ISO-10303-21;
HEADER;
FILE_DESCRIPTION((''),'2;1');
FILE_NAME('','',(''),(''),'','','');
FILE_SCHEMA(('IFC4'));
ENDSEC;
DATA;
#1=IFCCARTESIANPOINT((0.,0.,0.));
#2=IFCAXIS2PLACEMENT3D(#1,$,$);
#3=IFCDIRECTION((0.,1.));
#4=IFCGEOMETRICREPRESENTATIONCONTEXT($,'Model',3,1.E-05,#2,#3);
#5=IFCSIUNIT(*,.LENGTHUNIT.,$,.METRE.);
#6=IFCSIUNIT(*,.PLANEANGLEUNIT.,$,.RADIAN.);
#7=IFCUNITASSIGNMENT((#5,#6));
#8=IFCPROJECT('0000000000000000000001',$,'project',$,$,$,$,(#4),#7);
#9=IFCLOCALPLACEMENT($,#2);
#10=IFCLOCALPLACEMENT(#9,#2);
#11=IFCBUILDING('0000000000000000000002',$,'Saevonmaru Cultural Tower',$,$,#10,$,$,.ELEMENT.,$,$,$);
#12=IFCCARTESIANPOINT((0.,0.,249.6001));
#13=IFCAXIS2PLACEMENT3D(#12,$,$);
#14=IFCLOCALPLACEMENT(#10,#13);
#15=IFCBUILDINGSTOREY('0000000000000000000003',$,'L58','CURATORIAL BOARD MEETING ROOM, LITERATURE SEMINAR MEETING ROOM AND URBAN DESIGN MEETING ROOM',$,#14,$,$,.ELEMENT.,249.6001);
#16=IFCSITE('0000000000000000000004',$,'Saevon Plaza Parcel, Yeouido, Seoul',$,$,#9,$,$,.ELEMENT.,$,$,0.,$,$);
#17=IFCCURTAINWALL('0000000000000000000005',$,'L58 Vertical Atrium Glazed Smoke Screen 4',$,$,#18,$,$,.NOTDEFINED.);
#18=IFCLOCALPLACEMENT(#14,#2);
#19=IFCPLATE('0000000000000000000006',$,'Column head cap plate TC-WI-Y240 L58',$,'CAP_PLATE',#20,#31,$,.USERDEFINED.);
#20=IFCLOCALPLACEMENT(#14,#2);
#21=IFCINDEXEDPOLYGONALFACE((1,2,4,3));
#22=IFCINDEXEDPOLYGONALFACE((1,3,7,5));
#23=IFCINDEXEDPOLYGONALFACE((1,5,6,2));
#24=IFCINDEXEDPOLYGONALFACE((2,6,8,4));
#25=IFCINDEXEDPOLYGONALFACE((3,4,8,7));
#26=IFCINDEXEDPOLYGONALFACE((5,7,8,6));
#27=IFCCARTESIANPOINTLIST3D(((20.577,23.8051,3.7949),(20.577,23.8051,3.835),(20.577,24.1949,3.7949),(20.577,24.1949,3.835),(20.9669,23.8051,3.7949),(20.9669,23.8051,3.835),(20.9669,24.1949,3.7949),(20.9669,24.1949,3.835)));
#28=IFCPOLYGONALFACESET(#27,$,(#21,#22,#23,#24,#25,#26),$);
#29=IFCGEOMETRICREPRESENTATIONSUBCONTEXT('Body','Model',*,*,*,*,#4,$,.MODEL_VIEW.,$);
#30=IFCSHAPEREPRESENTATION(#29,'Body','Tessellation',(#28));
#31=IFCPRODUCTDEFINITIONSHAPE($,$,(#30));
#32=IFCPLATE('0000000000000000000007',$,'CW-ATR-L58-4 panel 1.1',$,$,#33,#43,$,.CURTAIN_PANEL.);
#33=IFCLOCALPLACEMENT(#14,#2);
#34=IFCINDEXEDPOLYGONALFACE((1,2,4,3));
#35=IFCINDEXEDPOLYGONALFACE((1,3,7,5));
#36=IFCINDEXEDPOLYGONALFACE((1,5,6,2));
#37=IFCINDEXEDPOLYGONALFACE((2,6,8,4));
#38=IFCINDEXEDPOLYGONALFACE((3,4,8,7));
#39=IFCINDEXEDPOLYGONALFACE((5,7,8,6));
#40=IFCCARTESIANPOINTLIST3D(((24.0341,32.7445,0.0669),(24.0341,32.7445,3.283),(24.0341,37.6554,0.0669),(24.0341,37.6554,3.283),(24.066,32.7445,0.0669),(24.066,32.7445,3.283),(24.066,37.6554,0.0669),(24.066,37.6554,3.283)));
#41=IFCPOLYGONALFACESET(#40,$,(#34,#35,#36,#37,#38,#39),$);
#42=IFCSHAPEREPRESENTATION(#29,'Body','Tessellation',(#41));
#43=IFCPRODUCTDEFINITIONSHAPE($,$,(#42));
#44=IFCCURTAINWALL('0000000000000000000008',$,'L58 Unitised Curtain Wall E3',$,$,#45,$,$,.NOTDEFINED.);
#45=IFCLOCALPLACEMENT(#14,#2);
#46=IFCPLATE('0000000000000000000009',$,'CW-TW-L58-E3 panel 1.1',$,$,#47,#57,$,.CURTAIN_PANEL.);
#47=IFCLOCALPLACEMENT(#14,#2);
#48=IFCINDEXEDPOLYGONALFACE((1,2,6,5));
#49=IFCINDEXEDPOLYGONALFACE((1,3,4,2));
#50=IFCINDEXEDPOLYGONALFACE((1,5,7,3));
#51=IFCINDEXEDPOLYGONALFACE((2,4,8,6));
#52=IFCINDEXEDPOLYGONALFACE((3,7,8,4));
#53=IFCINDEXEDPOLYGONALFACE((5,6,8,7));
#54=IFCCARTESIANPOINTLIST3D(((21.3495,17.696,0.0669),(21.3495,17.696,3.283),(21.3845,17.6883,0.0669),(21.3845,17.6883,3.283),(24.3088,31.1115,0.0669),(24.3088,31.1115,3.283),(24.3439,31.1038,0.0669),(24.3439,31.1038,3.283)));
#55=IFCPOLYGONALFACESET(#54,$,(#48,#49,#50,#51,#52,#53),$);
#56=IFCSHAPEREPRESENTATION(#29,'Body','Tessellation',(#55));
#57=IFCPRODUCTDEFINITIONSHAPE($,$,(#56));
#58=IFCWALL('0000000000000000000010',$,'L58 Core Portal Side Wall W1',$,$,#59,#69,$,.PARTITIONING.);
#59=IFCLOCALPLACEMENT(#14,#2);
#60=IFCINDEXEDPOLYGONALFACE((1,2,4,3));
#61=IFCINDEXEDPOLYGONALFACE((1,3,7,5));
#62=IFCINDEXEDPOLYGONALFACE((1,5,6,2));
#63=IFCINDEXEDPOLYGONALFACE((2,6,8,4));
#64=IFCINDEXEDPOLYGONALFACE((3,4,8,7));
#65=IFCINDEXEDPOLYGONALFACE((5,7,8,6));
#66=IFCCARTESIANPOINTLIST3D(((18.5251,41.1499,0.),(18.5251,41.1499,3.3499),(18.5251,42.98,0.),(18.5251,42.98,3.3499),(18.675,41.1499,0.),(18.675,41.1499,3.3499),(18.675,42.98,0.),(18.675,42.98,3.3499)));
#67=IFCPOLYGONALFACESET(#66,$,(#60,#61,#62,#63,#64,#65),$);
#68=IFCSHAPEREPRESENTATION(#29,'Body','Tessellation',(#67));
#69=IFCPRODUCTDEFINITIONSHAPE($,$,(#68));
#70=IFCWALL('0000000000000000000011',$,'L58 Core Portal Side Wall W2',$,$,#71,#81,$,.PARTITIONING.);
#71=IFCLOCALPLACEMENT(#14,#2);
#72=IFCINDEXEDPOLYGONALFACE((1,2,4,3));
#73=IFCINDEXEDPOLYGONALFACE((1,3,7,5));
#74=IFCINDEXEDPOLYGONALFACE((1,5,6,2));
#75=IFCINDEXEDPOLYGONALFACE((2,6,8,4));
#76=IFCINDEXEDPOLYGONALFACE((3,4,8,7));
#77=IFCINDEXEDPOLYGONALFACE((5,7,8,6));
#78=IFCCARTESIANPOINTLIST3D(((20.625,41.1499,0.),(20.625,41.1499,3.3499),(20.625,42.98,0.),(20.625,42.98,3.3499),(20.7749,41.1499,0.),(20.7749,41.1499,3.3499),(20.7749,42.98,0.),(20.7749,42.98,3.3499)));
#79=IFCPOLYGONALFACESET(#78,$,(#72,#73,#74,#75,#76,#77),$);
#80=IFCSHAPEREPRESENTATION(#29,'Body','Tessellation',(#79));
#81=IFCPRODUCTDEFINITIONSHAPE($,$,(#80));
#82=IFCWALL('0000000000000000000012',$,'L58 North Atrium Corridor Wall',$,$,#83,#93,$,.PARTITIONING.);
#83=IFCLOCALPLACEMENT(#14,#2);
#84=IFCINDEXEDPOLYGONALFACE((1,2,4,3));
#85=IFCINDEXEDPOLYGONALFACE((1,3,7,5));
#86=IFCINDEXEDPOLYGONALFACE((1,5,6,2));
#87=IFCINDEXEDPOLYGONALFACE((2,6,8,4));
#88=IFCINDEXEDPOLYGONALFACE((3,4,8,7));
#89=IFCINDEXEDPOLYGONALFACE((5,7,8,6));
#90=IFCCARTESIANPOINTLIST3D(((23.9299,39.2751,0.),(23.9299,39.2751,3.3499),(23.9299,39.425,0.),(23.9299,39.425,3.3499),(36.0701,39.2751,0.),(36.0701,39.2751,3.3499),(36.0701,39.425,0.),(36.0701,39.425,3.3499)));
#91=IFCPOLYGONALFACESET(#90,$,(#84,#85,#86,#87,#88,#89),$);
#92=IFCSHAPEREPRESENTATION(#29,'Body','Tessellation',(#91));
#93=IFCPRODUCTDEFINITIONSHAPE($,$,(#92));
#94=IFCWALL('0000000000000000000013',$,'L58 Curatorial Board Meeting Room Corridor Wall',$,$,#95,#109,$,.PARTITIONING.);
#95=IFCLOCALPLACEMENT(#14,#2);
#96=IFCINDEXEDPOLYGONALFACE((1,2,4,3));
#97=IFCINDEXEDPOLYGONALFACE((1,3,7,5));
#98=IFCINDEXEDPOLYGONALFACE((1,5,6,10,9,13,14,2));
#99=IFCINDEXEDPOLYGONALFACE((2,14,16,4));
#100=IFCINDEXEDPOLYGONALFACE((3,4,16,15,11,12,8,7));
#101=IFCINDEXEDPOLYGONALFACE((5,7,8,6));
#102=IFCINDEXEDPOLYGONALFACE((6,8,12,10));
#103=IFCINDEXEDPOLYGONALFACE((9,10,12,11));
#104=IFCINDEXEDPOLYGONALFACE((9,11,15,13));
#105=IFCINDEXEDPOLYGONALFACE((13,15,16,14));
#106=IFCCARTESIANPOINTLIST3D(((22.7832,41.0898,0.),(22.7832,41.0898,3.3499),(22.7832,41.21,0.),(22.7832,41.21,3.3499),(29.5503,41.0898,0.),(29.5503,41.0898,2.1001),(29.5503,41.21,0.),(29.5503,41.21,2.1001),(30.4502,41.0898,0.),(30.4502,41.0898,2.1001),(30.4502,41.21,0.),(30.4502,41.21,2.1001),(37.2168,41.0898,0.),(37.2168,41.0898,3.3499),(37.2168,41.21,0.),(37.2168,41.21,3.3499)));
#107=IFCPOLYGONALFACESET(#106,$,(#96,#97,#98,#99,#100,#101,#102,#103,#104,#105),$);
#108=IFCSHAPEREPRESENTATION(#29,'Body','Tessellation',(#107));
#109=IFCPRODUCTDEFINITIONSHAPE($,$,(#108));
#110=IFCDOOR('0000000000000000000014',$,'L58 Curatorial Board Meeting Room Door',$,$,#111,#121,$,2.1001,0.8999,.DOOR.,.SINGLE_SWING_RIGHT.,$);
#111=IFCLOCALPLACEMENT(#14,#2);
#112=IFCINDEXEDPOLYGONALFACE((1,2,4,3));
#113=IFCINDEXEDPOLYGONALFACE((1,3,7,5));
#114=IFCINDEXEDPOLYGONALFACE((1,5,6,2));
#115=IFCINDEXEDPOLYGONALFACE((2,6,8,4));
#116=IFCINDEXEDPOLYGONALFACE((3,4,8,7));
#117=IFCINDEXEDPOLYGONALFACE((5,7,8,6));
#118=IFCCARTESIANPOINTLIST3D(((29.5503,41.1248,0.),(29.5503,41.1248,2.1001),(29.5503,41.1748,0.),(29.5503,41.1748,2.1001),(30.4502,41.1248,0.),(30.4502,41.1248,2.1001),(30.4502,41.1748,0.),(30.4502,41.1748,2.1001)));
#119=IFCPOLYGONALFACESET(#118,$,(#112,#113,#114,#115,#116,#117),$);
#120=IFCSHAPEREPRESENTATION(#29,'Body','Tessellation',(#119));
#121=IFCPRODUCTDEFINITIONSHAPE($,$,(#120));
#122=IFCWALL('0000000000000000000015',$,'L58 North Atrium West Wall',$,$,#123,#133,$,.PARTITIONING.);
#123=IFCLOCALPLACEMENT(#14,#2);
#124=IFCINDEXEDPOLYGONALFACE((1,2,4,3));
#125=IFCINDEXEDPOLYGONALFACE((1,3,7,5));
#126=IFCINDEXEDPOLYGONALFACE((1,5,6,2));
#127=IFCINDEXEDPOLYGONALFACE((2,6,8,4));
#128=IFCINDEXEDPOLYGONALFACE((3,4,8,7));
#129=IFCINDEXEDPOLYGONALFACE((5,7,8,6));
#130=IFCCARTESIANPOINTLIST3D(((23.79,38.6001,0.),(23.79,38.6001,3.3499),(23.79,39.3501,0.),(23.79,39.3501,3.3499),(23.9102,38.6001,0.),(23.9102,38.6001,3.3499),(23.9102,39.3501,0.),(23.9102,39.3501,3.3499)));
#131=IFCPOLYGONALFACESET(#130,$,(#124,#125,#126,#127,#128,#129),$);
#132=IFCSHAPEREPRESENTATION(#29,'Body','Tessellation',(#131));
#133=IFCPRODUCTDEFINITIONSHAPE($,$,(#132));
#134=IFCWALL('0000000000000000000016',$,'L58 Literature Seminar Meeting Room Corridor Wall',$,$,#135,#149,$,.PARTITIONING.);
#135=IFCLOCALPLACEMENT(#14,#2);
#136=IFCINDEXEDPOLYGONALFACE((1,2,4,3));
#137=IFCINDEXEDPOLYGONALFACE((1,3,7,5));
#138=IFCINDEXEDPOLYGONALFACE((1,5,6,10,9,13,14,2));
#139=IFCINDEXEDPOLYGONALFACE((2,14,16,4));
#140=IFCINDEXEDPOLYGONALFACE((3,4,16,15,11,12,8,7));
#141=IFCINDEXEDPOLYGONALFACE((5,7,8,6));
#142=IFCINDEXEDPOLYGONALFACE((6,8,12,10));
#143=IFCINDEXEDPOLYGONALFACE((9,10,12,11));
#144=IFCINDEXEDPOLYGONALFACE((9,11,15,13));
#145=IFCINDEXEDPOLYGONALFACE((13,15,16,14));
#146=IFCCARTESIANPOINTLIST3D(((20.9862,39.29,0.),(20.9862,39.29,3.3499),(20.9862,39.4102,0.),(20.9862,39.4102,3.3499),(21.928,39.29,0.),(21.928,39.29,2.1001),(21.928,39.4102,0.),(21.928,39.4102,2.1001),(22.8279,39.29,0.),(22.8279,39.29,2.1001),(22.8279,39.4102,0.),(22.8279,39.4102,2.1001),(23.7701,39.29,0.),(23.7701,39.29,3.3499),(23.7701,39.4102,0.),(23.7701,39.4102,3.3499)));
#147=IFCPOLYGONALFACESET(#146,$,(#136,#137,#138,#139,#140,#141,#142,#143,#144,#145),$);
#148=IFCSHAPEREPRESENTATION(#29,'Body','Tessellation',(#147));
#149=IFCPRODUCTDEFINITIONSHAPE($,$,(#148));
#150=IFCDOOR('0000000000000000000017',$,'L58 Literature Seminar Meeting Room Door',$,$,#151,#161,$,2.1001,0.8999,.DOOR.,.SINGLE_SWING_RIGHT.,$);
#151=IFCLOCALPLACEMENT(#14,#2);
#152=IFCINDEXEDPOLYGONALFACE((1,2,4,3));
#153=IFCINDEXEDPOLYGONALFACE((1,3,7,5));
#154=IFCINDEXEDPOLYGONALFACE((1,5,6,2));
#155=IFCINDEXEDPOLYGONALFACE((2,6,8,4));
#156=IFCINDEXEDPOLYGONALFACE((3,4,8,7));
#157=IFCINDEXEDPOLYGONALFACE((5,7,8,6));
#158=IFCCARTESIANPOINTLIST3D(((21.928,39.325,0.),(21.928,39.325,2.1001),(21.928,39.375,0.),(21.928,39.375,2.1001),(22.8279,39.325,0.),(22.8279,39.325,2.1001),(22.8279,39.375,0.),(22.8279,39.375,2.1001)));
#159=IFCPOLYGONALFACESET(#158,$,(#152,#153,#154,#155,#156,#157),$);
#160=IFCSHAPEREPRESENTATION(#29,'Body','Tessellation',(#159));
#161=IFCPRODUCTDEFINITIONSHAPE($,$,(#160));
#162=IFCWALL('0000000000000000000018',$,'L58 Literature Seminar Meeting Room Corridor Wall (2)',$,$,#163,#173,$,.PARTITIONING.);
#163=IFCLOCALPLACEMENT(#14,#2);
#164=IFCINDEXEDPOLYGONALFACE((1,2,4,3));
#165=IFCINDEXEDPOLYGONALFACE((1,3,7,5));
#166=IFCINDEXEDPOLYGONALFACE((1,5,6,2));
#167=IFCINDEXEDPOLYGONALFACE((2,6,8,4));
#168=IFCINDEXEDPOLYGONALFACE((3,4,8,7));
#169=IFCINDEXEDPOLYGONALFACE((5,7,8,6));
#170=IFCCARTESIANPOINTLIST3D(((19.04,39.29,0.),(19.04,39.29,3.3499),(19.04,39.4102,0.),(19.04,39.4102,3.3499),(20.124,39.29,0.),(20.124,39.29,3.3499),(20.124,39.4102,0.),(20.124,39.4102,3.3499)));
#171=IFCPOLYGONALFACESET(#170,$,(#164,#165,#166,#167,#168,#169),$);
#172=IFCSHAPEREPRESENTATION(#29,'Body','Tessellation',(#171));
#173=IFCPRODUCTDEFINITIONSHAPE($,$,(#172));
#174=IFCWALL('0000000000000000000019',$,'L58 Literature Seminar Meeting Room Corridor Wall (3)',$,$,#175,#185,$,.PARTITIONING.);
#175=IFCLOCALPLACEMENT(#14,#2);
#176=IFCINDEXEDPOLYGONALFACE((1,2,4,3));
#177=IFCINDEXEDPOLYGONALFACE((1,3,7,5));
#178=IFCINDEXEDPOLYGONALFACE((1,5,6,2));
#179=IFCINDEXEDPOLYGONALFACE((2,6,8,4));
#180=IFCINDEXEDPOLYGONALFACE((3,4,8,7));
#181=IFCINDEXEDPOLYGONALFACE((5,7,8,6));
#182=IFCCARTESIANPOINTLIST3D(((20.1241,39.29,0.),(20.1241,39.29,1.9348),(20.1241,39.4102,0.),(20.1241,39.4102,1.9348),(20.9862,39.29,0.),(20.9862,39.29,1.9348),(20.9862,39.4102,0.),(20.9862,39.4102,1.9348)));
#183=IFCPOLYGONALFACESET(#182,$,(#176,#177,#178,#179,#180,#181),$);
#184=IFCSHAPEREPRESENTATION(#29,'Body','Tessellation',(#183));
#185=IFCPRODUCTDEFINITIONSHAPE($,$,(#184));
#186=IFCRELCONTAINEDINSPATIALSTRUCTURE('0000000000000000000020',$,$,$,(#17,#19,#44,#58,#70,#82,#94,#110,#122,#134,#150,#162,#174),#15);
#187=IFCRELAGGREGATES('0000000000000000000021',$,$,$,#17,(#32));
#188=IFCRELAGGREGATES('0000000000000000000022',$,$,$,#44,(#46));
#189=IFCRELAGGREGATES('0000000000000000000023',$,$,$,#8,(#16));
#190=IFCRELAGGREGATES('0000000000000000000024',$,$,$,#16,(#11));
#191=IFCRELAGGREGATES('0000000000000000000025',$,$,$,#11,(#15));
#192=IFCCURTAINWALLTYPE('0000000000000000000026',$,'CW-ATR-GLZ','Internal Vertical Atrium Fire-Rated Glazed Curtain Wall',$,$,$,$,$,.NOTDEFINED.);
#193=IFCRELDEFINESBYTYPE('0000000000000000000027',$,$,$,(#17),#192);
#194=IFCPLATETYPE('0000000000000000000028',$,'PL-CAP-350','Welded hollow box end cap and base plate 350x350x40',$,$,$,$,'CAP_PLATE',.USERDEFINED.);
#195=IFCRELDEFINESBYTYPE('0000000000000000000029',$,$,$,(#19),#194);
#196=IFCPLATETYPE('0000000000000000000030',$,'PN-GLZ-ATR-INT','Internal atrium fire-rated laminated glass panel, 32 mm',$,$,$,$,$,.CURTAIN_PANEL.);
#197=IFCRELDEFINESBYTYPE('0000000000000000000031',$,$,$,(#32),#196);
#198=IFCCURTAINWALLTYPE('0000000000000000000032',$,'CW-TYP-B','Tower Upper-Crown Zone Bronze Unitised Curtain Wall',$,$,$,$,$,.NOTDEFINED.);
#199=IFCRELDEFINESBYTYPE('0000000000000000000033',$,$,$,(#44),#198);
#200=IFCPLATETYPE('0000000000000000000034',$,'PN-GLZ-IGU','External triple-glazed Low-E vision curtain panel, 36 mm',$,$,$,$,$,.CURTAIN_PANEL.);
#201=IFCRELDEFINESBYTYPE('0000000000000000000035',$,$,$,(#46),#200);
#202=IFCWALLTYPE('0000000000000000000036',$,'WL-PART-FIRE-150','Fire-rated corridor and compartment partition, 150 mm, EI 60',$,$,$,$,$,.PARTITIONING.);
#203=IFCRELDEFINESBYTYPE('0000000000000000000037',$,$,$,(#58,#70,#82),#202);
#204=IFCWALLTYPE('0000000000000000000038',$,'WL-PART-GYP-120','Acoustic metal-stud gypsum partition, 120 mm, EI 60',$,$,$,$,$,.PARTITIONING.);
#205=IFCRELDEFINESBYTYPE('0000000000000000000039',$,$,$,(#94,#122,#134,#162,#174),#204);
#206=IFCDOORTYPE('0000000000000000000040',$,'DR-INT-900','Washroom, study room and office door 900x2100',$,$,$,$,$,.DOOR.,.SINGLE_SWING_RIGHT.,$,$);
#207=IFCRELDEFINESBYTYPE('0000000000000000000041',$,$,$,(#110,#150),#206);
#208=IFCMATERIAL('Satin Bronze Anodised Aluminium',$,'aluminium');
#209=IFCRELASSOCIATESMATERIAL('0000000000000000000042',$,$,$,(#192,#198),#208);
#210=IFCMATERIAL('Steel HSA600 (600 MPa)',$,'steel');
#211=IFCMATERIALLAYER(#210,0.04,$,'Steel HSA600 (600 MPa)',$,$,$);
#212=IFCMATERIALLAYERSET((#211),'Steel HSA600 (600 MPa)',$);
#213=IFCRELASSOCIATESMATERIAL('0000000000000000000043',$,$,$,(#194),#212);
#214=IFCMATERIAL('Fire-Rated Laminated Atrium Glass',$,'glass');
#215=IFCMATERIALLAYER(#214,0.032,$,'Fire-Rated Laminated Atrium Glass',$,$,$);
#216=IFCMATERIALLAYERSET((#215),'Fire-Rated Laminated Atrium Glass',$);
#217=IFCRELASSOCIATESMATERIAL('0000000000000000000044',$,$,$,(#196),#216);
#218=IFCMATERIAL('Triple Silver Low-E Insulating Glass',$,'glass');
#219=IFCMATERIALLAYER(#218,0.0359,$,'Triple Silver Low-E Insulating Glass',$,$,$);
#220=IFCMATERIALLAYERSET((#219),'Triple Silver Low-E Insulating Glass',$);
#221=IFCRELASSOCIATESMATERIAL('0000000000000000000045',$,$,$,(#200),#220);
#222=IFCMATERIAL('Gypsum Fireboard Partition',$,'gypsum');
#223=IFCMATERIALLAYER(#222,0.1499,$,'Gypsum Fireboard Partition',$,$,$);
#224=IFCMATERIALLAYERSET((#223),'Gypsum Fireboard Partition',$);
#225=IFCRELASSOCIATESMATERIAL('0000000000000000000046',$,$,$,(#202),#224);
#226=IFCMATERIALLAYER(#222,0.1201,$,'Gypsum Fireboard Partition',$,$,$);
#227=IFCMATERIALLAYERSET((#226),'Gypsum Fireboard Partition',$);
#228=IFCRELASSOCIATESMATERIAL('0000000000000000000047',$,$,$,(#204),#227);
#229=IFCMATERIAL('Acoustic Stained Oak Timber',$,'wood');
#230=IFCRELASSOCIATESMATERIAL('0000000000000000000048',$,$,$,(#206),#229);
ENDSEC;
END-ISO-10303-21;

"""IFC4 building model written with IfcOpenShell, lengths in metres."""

from ifc_helpers import new_model, si_unit, direction, frame, frame_2d, origin, origin_2d, place, context, subcontext, project, spatial, rectangle, extrude, material, layer, layer_set, type_object, element, fill, aggregate, save


model = new_model("IFC4")

# Units and contexts
model_context = context("Model", 3, precision=1e-05, world=origin(), true_north=direction((0.0, 1.0)))
body_context = subcontext(model_context, "Body", "Model", "MODEL_VIEW")
ifc_project = project(units=[si_unit("LENGTHUNIT", "METRE"), si_unit("PLANEANGLEUNIT", "RADIAN")], contexts=[model_context])

# Site, building, storey
site_placement = place(None, origin())
site = spatial("IfcSite", under=ifc_project, at=site_placement, Name="Saevon Plaza Parcel, Yeouido, Seoul", CompositionType="ELEMENT", RefElevation=0.0)
building_placement = place(site_placement, origin())
building = spatial("IfcBuilding", under=site, at=building_placement, Name="Saevonmaru Cultural Tower", CompositionType="ELEMENT")
storey_placement = place(building_placement, frame((0.0, 0.0, 249.6001)))
storey = spatial("IfcBuildingStorey", under=building, at=storey_placement, Name="L58", Description="CURATORIAL BOARD MEETING ROOM, LITERATURE SEMINAR MEETING ROOM AND URBAN DESIGN MEETING ROOM", CompositionType="ELEMENT", Elevation=249.6001)

# Shared definitions
ifc_material_1 = material(Name="Steel HSA600 (600 MPa)", Category="steel")

# Curtain wall
ifc_material_2 = material(Name="Satin Bronze Anodised Aluminium", Category="aluminium")
curtain_wall_type_1 = type_object("IfcCurtainWallType", Name="CW-ATR-GLZ", Description="Internal Vertical Atrium Fire-Rated Glazed Curtain Wall", PredefinedType="NOTDEFINED", material=ifc_material_2)
curtain_wall_1_placement = place(storey_placement, origin())
curtain_wall_1 = element("IfcCurtainWall", 1, at=curtain_wall_1_placement, inside=storey, type_object=curtain_wall_type_1, Name="L58 Vertical Atrium Glazed Smoke Screen 4", PredefinedType="NOTDEFINED")

# Plates
ifc_layer_1 = layer(ifc_material_1, 0.04, Name="Steel HSA600 (600 MPa)")
ifc_layer_set_1 = layer_set([ifc_layer_1], Name="Steel HSA600 (600 MPa)")
plate_type_1 = type_object("IfcPlateType", Name="PL-CAP-350", Description="Welded hollow box end cap and base plate 350x350x40", ElementType="CAP_PLATE", PredefinedType="USERDEFINED", material=ifc_layer_set_1)
plate_1_placement = place(storey_placement, frame((20.772, 24.0, 3.7949), z_axis=(0.0, 0.0, 1.0), x_axis=(1.0, 0.0, 0.0)))
element("IfcPlate", 2, at=plate_1_placement, inside=storey, type_object=plate_type_1, Name="Column head cap plate TC-WI-Y240 L58", ObjectType="CAP_PLATE", PredefinedType="USERDEFINED", context=body_context, shape_type="SweptSolid", body=[
    extrude(rectangle(XDim=0.3899, YDim=0.3899, at=origin_2d()), origin(), (0.0, 0.0, 1.0), 0.04),
])
ifc_material_3 = material(Name="Fire-Rated Laminated Atrium Glass", Category="glass")
ifc_layer_2 = layer(ifc_material_3, 0.032, Name="Fire-Rated Laminated Atrium Glass")
ifc_layer_set_2 = layer_set([ifc_layer_2], Name="Fire-Rated Laminated Atrium Glass")
plate_type_2 = type_object("IfcPlateType", Name="PN-GLZ-ATR-INT", Description="Internal atrium fire-rated laminated glass panel, 32 mm", PredefinedType="CURTAIN_PANEL", material=ifc_layer_set_2)
plate_2_placement = place(storey_placement, frame((24.05, 35.2, 0.0669), z_axis=(0.0, 0.0, 1.0), x_axis=(0.0, -1.0, 0.0)))
plate_2 = element("IfcPlate", 3, at=plate_2_placement, type_object=plate_type_2, Name="CW-ATR-L58-4 panel 1.1", PredefinedType="CURTAIN_PANEL", context=body_context, shape_type="SweptSolid", body=[
    extrude(rectangle(XDim=4.9109, YDim=0.032, at=origin_2d()), origin(), (0.0, 0.0, 1.0), 3.2161),
])
aggregate(curtain_wall_1, [plate_2])

# Curtain wall, plate
curtain_wall_type_2 = type_object("IfcCurtainWallType", Name="CW-TYP-B", Description="Tower Upper-Crown Zone Bronze Unitised Curtain Wall", PredefinedType="NOTDEFINED", material=ifc_material_2)
curtain_wall_2_placement = place(storey_placement, origin())
curtain_wall_2 = element("IfcCurtainWall", 4, at=curtain_wall_2_placement, inside=storey, type_object=curtain_wall_type_2, Name="L58 Unitised Curtain Wall E3", PredefinedType="NOTDEFINED")
ifc_material_4 = material(Name="Triple Silver Low-E Insulating Glass", Category="glass")
ifc_layer_3 = layer(ifc_material_4, 0.0359, Name="Triple Silver Low-E Insulating Glass")
ifc_layer_set_3 = layer_set([ifc_layer_3], Name="Triple Silver Low-E Insulating Glass")
plate_type_3 = type_object("IfcPlateType", Name="PN-GLZ-IGU", Description="External triple-glazed Low-E vision curtain panel, 36 mm", PredefinedType="CURTAIN_PANEL", material=ifc_layer_set_3)
plate_3_placement = place(storey_placement, frame((22.8467, 24.3999, 0.0669), z_axis=(0.0, 0.0, 1.0), x_axis=(0.215413, 0.976523, 0.0)))
plate_3 = element("IfcPlate", 5, at=plate_3_placement, type_object=plate_type_3, Name="CW-TW-L58-E3 panel 1.1", PredefinedType="CURTAIN_PANEL", context=body_context, shape_type="SweptSolid", body=[
    extrude(rectangle(XDim=13.738, YDim=0.0359, at=origin_2d()), origin(), (0.0, 0.0, 1.0), 3.2161),
])
aggregate(curtain_wall_2, [plate_3])

# Walls
ifc_material_5 = material(Name="Gypsum Fireboard Partition", Category="gypsum")
ifc_layer_4 = layer(ifc_material_5, 0.1499, Name="Gypsum Fireboard Partition")
ifc_layer_set_4 = layer_set([ifc_layer_4], Name="Gypsum Fireboard Partition")
wall_type_1 = type_object("IfcWallType", Name="WL-PART-FIRE-150", Description="Fire-rated corridor and compartment partition, 150 mm, EI 60", PredefinedType="PARTITIONING", material=ifc_layer_set_4)
for number, where, z_axis, x_axis, name in (
    (6, (18.6001, 41.1499, 0.0), (0.0, 0.0, 1.0), (0.0, 1.0, 0.0), "L58 Core Portal Side Wall W1"),
    (7, (20.7, 41.1499, 0.0), (0.0, 0.0, 1.0), (0.0, 1.0, 0.0), "L58 Core Portal Side Wall W2"),
):
    element("IfcWall", number, at=place(storey_placement, frame(where, z_axis=z_axis, x_axis=x_axis)), inside=storey, type_object=wall_type_1, Name=name, PredefinedType="PARTITIONING", context=body_context, shape_type="SweptSolid", body=[
        extrude(rectangle(XDim=1.8301, YDim=0.1499, at=frame_2d((0.915, 0.0))), origin(), (0.0, 0.0, 1.0), 3.3499),
    ])
wall_1_placement = place(storey_placement, frame((23.9299, 39.3501, 0.0), z_axis=(0.0, 0.0, 1.0), x_axis=(1.0, 0.0, 0.0)))
element("IfcWall", 8, at=wall_1_placement, inside=storey, type_object=wall_type_1, Name="L58 North Atrium Corridor Wall", PredefinedType="PARTITIONING", context=body_context, shape_type="SweptSolid", body=[
    extrude(rectangle(XDim=12.1401, YDim=0.1499, at=frame_2d((6.0701, 0.0))), origin(), (0.0, 0.0, 1.0), 3.3499),
])

# Wall, opening, door
ifc_layer_5 = layer(ifc_material_5, 0.1201, Name="Gypsum Fireboard Partition")
ifc_layer_set_5 = layer_set([ifc_layer_5], Name="Gypsum Fireboard Partition")
wall_type_2 = type_object("IfcWallType", Name="WL-PART-GYP-120", Description="Acoustic metal-stud gypsum partition, 120 mm, EI 60", PredefinedType="PARTITIONING", material=ifc_layer_set_5)
wall_2_placement = place(storey_placement, frame((22.7832, 41.1499, 0.0), z_axis=(0.0, 0.0, 1.0), x_axis=(1.0, 0.0, 0.0)))
wall_2 = element("IfcWall", 9, at=wall_2_placement, inside=storey, type_object=wall_type_2, Name="L58 Curatorial Board Meeting Room Corridor Wall", PredefinedType="PARTITIONING", context=body_context, shape_type="SweptSolid", body=[
    extrude(rectangle(XDim=14.4336, YDim=0.1201, at=frame_2d((7.2168, 0.0))), origin(), (0.0, 0.0, 1.0), 3.3499),
])
opening_1_placement = place(wall_2_placement, frame((6.7671, 0.0, 0.0)))
opening_1 = element("IfcOpeningElement", 10, at=opening_1_placement, cuts=wall_2, PredefinedType="OPENING", context=body_context, shape_type="SweptSolid", body=[
    extrude(rectangle(XDim=0.8999, YDim=2.1001, at=frame_2d((0.45, 1.05))), frame((0.0, 0.0701, 0.0), z_axis=(0.0, -1.0, 0.0), x_axis=(1.0, 0.0, 0.0)), (0.0, 0.0, 1.0), 0.1401),
])
ifc_material_6 = material(Name="Acoustic Stained Oak Timber", Category="wood")
door_type = type_object("IfcDoorType", Name="DR-INT-900", Description="Washroom, study room and office door 900x2100", OperationType="SINGLE_SWING_RIGHT", PredefinedType="DOOR", material=ifc_material_6)
door_1_placement = place(opening_1_placement, origin())
door_1 = element("IfcDoor", 11, at=door_1_placement, inside=storey, type_object=door_type, Name="L58 Curatorial Board Meeting Room Door", OperationType="SINGLE_SWING_RIGHT", OverallHeight=2.1001, OverallWidth=0.8999, PredefinedType="DOOR", context=body_context, shape_type="SweptSolid", body=[
    extrude(rectangle(XDim=0.8999, YDim=2.1001, at=frame_2d((0.45, 1.05))), frame((0.0, 0.0249, 0.0), z_axis=(0.0, -1.0, 0.0), x_axis=(1.0, 0.0, 0.0)), (0.0, 0.0, 1.0), 0.05),
])
fill(opening_1, door_1)

# Wall
wall_3_placement = place(storey_placement, frame((23.8501, 38.6001, 0.0), z_axis=(0.0, 0.0, 1.0), x_axis=(0.0, 1.0, 0.0)))
element("IfcWall", 12, at=wall_3_placement, inside=storey, type_object=wall_type_2, Name="L58 North Atrium West Wall", PredefinedType="PARTITIONING", context=body_context, shape_type="SweptSolid", body=[
    extrude(rectangle(XDim=0.75, YDim=0.1201, at=frame_2d((0.375, 0.0))), origin(), (0.0, 0.0, 1.0), 3.3499),
])

# Wall, opening, door
wall_4_placement = place(storey_placement, frame((20.9861, 39.3501, 0.0), z_axis=(0.0, 0.0, 1.0), x_axis=(1.0, 0.0, 0.0)))
wall_4 = element("IfcWall", 13, at=wall_4_placement, inside=storey, type_object=wall_type_2, Name="L58 Literature Seminar Meeting Room Corridor Wall", PredefinedType="PARTITIONING", context=body_context, shape_type="SweptSolid", body=[
    extrude(rectangle(XDim=2.7839, YDim=0.1201, at=frame_2d((1.3921, 0.0))), origin(), (0.0, 0.0, 1.0), 3.3499),
])
opening_2_placement = place(wall_4_placement, frame((0.9419, 0.0, 0.0)))
opening_2 = element("IfcOpeningElement", 14, at=opening_2_placement, cuts=wall_4, PredefinedType="OPENING", context=body_context, shape_type="SweptSolid", body=[
    extrude(rectangle(XDim=0.8999, YDim=2.1001, at=frame_2d((0.45, 1.05))), frame((0.0, 0.0701, 0.0), z_axis=(0.0, -1.0, 0.0), x_axis=(1.0, 0.0, 0.0)), (0.0, 0.0, 1.0), 0.1401),
])
door_2_placement = place(opening_2_placement, origin())
door_2 = element("IfcDoor", 15, at=door_2_placement, inside=storey, type_object=door_type, Name="L58 Literature Seminar Meeting Room Door", OperationType="SINGLE_SWING_RIGHT", OverallHeight=2.1001, OverallWidth=0.8999, PredefinedType="DOOR", context=body_context, shape_type="SweptSolid", body=[
    extrude(rectangle(XDim=0.8999, YDim=2.1001, at=frame_2d((0.45, 1.05))), frame((0.0, 0.0249, 0.0), z_axis=(0.0, -1.0, 0.0), x_axis=(1.0, 0.0, 0.0)), (0.0, 0.0, 1.0), 0.05),
])
fill(opening_2, door_2)

# Walls
wall_5_placement = place(storey_placement, frame((19.04, 39.3501, 0.0), z_axis=(0.0, 0.0, 1.0), x_axis=(1.0, 0.0, 0.0)))
element("IfcWall", 16, at=wall_5_placement, inside=storey, type_object=wall_type_2, Name="L58 Literature Seminar Meeting Room Corridor Wall (2)", PredefinedType="PARTITIONING", context=body_context, shape_type="SweptSolid", body=[
    extrude(rectangle(XDim=1.084, YDim=0.1201, at=frame_2d((0.542, 0.0))), origin(), (0.0, 0.0, 1.0), 3.3499),
])
wall_6_placement = place(storey_placement, frame((20.124, 39.3501, 0.0), z_axis=(0.0, 0.0, 1.0), x_axis=(1.0, 0.0, 0.0)))
element("IfcWall", 17, at=wall_6_placement, inside=storey, type_object=wall_type_2, Name="L58 Literature Seminar Meeting Room Corridor Wall (3)", PredefinedType="PARTITIONING", context=body_context, shape_type="SweptSolid", body=[
    extrude(rectangle(XDim=0.8621, YDim=0.1201, at=frame_2d((0.4312, 0.0))), origin(), (0.0, 0.0, 1.0), 1.9348),
])

save(model, "model.ifc")
